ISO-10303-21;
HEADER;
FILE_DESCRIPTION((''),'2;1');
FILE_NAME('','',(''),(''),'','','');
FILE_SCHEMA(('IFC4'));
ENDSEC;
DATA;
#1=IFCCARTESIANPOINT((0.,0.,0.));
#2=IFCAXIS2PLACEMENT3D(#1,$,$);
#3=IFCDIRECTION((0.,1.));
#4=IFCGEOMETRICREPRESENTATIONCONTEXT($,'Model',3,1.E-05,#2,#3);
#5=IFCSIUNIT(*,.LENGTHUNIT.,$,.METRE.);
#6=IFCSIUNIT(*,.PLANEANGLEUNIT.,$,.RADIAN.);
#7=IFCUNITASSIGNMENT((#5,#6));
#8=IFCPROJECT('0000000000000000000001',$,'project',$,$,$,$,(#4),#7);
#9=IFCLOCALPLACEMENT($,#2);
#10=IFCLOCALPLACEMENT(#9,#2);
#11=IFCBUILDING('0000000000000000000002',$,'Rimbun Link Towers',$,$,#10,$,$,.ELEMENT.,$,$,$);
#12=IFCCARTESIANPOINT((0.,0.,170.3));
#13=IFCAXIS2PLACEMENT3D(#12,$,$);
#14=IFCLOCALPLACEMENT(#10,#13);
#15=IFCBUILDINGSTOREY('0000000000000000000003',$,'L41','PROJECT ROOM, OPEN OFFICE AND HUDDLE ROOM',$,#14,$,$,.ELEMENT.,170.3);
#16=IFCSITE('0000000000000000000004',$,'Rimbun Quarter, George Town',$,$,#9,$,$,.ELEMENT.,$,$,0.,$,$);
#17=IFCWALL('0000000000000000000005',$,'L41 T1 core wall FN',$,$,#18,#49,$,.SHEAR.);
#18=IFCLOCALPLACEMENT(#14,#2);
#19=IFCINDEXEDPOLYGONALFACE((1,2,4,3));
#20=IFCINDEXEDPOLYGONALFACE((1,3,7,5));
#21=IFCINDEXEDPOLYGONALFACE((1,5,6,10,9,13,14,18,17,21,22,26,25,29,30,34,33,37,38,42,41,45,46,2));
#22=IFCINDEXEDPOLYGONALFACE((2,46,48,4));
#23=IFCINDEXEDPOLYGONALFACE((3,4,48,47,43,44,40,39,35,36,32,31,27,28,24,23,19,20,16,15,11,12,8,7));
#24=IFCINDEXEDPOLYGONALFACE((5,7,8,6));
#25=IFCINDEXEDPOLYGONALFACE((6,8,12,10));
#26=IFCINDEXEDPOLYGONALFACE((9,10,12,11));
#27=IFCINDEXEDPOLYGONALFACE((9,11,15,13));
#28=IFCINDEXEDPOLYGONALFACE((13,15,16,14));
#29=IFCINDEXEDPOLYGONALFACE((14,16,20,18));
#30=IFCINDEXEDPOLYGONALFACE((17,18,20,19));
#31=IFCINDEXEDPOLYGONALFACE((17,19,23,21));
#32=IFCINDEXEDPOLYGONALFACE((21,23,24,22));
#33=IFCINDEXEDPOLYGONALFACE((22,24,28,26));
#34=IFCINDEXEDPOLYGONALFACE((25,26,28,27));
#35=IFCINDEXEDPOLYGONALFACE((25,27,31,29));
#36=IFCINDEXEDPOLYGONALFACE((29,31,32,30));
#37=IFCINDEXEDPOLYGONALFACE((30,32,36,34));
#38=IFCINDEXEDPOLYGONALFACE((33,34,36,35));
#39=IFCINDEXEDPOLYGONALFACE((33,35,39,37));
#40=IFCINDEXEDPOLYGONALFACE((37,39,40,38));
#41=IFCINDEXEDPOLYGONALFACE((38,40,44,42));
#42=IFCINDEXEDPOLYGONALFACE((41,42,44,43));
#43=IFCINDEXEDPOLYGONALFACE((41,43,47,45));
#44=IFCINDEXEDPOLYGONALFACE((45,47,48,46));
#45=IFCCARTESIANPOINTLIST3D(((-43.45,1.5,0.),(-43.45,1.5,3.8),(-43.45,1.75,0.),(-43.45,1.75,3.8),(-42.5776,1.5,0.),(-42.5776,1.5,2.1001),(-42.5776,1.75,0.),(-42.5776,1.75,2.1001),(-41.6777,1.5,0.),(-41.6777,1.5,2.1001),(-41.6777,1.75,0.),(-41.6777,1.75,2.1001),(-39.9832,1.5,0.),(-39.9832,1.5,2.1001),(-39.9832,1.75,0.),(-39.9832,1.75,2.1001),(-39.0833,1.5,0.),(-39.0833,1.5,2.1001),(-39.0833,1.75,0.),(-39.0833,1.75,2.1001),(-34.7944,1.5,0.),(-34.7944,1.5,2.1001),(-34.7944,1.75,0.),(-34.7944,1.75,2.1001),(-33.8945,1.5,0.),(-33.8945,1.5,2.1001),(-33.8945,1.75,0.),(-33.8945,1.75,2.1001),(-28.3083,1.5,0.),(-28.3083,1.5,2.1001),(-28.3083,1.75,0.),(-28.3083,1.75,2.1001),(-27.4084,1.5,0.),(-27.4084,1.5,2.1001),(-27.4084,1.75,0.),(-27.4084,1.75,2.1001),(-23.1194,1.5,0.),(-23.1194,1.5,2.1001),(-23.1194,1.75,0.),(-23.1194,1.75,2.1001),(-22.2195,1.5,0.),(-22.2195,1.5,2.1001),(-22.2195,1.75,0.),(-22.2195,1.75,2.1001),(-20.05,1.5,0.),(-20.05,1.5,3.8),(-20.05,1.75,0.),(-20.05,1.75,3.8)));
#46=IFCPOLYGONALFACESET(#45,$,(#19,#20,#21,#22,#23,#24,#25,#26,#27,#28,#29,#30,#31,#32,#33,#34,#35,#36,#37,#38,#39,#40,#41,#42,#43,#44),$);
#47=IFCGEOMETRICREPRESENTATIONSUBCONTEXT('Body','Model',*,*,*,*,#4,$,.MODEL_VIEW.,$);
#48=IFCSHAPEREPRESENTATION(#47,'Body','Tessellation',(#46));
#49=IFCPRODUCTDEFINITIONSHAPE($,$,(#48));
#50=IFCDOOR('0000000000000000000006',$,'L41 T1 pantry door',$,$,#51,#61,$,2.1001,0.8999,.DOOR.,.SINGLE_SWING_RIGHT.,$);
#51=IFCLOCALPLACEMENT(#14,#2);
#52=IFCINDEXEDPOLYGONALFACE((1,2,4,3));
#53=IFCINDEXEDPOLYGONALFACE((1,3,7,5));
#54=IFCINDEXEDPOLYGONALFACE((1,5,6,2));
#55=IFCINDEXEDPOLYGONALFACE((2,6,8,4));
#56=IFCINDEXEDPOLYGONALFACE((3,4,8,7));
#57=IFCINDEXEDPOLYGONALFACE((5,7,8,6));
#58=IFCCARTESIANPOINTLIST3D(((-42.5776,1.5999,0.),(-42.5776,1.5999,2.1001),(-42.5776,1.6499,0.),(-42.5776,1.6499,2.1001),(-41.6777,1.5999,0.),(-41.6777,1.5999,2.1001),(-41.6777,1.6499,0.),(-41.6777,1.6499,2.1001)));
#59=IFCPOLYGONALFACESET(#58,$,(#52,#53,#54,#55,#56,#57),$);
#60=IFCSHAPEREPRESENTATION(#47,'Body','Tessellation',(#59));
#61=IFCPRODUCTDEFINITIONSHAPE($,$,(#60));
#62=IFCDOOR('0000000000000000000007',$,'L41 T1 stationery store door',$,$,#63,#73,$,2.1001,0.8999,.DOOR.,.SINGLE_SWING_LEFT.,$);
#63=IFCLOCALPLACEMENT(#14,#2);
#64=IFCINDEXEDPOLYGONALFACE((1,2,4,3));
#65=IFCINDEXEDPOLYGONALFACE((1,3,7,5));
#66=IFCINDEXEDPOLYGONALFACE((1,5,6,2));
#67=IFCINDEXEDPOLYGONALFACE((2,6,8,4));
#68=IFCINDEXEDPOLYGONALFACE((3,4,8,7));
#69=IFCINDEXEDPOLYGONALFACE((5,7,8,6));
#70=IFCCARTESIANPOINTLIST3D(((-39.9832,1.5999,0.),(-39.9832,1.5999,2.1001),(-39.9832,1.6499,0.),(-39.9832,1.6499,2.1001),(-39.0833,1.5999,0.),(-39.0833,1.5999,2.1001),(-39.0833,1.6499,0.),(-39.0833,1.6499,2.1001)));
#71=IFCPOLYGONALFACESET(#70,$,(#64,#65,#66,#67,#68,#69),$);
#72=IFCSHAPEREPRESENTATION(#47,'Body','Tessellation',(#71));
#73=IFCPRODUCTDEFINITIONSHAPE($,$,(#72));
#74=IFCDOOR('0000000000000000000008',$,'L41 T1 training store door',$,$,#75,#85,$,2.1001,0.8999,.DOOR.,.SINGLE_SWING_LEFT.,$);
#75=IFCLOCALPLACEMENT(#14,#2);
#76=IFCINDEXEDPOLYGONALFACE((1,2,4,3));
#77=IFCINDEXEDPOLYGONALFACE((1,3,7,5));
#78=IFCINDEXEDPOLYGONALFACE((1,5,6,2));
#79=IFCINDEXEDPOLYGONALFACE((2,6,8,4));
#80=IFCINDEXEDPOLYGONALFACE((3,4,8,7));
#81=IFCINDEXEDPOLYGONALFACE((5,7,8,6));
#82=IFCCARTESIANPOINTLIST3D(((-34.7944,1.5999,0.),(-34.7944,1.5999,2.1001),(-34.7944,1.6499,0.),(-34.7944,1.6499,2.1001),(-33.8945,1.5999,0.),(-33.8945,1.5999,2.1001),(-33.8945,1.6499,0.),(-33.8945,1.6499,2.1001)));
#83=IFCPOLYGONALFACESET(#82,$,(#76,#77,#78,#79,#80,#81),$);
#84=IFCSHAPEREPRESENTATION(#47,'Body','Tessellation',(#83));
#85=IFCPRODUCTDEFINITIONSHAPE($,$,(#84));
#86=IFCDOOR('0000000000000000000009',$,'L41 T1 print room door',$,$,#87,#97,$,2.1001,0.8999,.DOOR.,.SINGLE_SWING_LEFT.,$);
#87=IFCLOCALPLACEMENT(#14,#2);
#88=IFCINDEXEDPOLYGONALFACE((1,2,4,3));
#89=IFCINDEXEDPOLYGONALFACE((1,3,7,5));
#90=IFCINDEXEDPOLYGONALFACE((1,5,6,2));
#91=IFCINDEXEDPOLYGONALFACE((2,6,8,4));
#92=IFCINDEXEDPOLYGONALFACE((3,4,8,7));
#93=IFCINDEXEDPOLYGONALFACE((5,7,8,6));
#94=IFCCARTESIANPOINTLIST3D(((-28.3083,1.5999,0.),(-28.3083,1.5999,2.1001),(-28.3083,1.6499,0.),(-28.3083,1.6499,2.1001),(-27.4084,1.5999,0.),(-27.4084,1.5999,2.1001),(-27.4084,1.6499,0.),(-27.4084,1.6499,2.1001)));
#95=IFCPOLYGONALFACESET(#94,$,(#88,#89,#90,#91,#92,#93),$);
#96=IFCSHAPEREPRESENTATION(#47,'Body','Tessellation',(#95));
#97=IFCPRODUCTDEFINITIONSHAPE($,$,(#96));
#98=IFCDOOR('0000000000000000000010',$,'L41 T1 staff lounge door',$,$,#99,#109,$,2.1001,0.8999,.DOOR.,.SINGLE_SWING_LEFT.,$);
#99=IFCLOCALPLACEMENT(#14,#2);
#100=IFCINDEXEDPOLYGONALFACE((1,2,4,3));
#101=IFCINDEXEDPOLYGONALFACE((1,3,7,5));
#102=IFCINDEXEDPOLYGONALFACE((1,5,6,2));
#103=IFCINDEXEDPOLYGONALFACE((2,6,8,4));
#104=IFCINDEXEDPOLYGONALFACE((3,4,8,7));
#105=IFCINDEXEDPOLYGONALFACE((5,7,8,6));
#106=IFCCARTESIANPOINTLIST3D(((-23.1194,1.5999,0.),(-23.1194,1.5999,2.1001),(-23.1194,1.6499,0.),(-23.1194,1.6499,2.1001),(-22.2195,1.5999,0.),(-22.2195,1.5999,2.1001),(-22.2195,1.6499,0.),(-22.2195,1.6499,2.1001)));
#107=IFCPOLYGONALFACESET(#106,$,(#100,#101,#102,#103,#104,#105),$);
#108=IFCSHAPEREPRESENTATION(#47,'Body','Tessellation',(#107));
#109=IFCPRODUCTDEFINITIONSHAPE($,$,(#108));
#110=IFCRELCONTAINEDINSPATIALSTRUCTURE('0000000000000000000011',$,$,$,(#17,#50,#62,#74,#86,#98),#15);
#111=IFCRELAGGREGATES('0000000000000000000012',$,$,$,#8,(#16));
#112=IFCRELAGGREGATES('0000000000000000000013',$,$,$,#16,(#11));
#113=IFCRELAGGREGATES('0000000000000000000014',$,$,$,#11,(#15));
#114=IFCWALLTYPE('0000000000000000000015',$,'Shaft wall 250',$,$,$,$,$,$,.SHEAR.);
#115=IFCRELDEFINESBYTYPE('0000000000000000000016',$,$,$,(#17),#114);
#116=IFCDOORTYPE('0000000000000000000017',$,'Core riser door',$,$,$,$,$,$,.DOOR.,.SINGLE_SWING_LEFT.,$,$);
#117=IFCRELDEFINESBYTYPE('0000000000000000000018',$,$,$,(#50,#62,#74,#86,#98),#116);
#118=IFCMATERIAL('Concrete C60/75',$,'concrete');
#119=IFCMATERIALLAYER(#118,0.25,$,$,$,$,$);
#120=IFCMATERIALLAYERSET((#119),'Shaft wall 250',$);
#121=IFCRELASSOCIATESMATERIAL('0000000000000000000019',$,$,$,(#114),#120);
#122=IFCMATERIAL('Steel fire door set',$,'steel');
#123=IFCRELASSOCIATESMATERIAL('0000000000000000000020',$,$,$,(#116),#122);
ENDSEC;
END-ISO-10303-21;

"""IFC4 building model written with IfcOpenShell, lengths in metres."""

from ifc_helpers import new_model, si_unit, direction, frame, frame_2d, origin, place, context, subcontext, project, spatial, rectangle, extrude, material, layer, layer_set, type_object, element, fill, save


model = new_model("IFC4")

# Units and contexts
model_context = context("Model", 3, precision=1e-05, world=origin(), true_north=direction((0.0, 1.0)))
body_context = subcontext(model_context, "Body", "Model", "MODEL_VIEW")
ifc_project = project(units=[si_unit("LENGTHUNIT", "METRE"), si_unit("PLANEANGLEUNIT", "RADIAN")], contexts=[model_context])

# Site, building, storey
site_placement = place(None, origin())
site = spatial("IfcSite", under=ifc_project, at=site_placement, Name="Rimbun Quarter, George Town", CompositionType="ELEMENT", RefElevation=0.0)
building_placement = place(site_placement, origin())
building = spatial("IfcBuilding", under=site, at=building_placement, Name="Rimbun Link Towers", CompositionType="ELEMENT")
storey_placement = place(building_placement, frame((0.0, 0.0, 170.3)))
storey = spatial("IfcBuildingStorey", under=building, at=storey_placement, Name="L41", Description="PROJECT ROOM, OPEN OFFICE AND HUDDLE ROOM", CompositionType="ELEMENT", Elevation=170.3)

# Wall, openings, doors
ifc_material_1 = material(Name="Concrete C60/75", Category="concrete")
ifc_layer_1 = layer(ifc_material_1, 0.25)
ifc_layer_set_1 = layer_set([ifc_layer_1], Name="Shaft wall 250")
wall_type_1 = type_object("IfcWallType", Name="Shaft wall 250", PredefinedType="SHEAR", material=ifc_layer_set_1)
wall_1_placement = place(storey_placement, frame((-43.45, 1.625, 0.0), z_axis=(0.0, 0.0, 1.0), x_axis=(1.0, 0.0, 0.0)))
wall_1 = element("IfcWall", 1, at=wall_1_placement, inside=storey, type_object=wall_type_1, Name="L41 T1 core wall FN", PredefinedType="SHEAR", context=body_context, shape_type="SweptSolid", body=[
    extrude(rectangle(XDim=23.3999, YDim=0.25, at=frame_2d((11.7, 0.0))), origin(), (0.0, 0.0, 1.0), 3.8),
])
opening_1_placement = place(wall_1_placement, frame((0.8723, 0.0, 0.0)))
opening_1 = element("IfcOpeningElement", 2, at=opening_1_placement, cuts=wall_1, PredefinedType="OPENING", context=body_context, shape_type="SweptSolid", body=[
    extrude(rectangle(XDim=0.8999, YDim=2.1001, at=frame_2d((0.45, 1.05))), frame((0.0, 0.135, 0.0), z_axis=(0.0, -1.0, 0.0), x_axis=(1.0, 0.0, 0.0)), (0.0, 0.0, 1.0), 0.27),
])
opening_2_placement = place(wall_1_placement, frame((3.4668, 0.0, 0.0)))
opening_2 = element("IfcOpeningElement", 3, at=opening_2_placement, cuts=wall_1, PredefinedType="OPENING", context=body_context, shape_type="SweptSolid", body=[
    extrude(rectangle(XDim=0.8999, YDim=2.1001, at=frame_2d((0.45, 1.05))), frame((0.0, 0.135, 0.0), z_axis=(0.0, -1.0, 0.0), x_axis=(1.0, 0.0, 0.0)), (0.0, 0.0, 1.0), 0.27),
])
opening_3_placement = place(wall_1_placement, frame((8.6555, 0.0, 0.0)))
opening_3 = element("IfcOpeningElement", 4, at=opening_3_placement, cuts=wall_1, PredefinedType="OPENING", context=body_context, shape_type="SweptSolid", body=[
    extrude(rectangle(XDim=0.8999, YDim=2.1001, at=frame_2d((0.45, 1.05))), frame((0.0, 0.135, 0.0), z_axis=(0.0, -1.0, 0.0), x_axis=(1.0, 0.0, 0.0)), (0.0, 0.0, 1.0), 0.27),
])
opening_4_placement = place(wall_1_placement, frame((15.1416, 0.0, 0.0)))
opening_4 = element("IfcOpeningElement", 5, at=opening_4_placement, cuts=wall_1, PredefinedType="OPENING", context=body_context, shape_type="SweptSolid", body=[
    extrude(rectangle(XDim=0.8999, YDim=2.1001, at=frame_2d((0.45, 1.05))), frame((0.0, 0.135, 0.0), z_axis=(0.0, -1.0, 0.0), x_axis=(1.0, 0.0, 0.0)), (0.0, 0.0, 1.0), 0.27),
])
opening_5_placement = place(wall_1_placement, frame((20.3306, 0.0, 0.0)))
opening_5 = element("IfcOpeningElement", 6, at=opening_5_placement, cuts=wall_1, PredefinedType="OPENING", context=body_context, shape_type="SweptSolid", body=[
    extrude(rectangle(XDim=0.8999, YDim=2.1001, at=frame_2d((0.45, 1.05))), frame((0.0, 0.135, 0.0), z_axis=(0.0, -1.0, 0.0), x_axis=(1.0, 0.0, 0.0)), (0.0, 0.0, 1.0), 0.27),
])
ifc_material_2 = material(Name="Steel fire door set", Category="steel")
door_type_1 = type_object("IfcDoorType", Name="Core riser door", OperationType="SINGLE_SWING_LEFT", PredefinedType="DOOR", material=ifc_material_2)
door_1_placement = place(opening_1_placement, origin())
door_1 = element("IfcDoor", 7, at=door_1_placement, inside=storey, type_object=door_type_1, Name="L41 T1 pantry door", OperationType="SINGLE_SWING_RIGHT", OverallHeight=2.1001, OverallWidth=0.8999, PredefinedType="DOOR", context=body_context, shape_type="SweptSolid", body=[
    extrude(rectangle(XDim=0.8999, YDim=2.1001, at=frame_2d((0.45, 1.05))), frame((0.0, 0.0249, 0.0), z_axis=(0.0, -1.0, 0.0), x_axis=(1.0, 0.0, 0.0)), (0.0, 0.0, 1.0), 0.05),
])
fill(opening_1, door_1)
door_2_placement = place(opening_2_placement, origin())
door_2 = element("IfcDoor", 8, at=door_2_placement, inside=storey, type_object=door_type_1, Name="L41 T1 stationery store door", OperationType="SINGLE_SWING_LEFT", OverallHeight=2.1001, OverallWidth=0.8999, PredefinedType="DOOR", context=body_context, shape_type="SweptSolid", body=[
    extrude(rectangle(XDim=0.8999, YDim=2.1001, at=frame_2d((0.45, 1.05))), frame((0.0, 0.0249, 0.0), z_axis=(0.0, -1.0, 0.0), x_axis=(1.0, 0.0, 0.0)), (0.0, 0.0, 1.0), 0.05),
])
fill(opening_2, door_2)
door_3_placement = place(opening_3_placement, origin())
door_3 = element("IfcDoor", 9, at=door_3_placement, inside=storey, type_object=door_type_1, Name="L41 T1 training store door", OperationType="SINGLE_SWING_LEFT", OverallHeight=2.1001, OverallWidth=0.8999, PredefinedType="DOOR", context=body_context, shape_type="SweptSolid", body=[
    extrude(rectangle(XDim=0.8999, YDim=2.1001, at=frame_2d((0.45, 1.05))), frame((0.0, 0.0249, 0.0), z_axis=(0.0, -1.0, 0.0), x_axis=(1.0, 0.0, 0.0)), (0.0, 0.0, 1.0), 0.05),
])
fill(opening_3, door_3)
door_4_placement = place(opening_4_placement, origin())
door_4 = element("IfcDoor", 10, at=door_4_placement, inside=storey, type_object=door_type_1, Name="L41 T1 print room door", OperationType="SINGLE_SWING_LEFT", OverallHeight=2.1001, OverallWidth=0.8999, PredefinedType="DOOR", context=body_context, shape_type="SweptSolid", body=[
    extrude(rectangle(XDim=0.8999, YDim=2.1001, at=frame_2d((0.45, 1.05))), frame((0.0, 0.0249, 0.0), z_axis=(0.0, -1.0, 0.0), x_axis=(1.0, 0.0, 0.0)), (0.0, 0.0, 1.0), 0.05),
])
fill(opening_4, door_4)
door_5_placement = place(opening_5_placement, origin())
door_5 = element("IfcDoor", 11, at=door_5_placement, inside=storey, type_object=door_type_1, Name="L41 T1 staff lounge door", OperationType="SINGLE_SWING_LEFT", OverallHeight=2.1001, OverallWidth=0.8999, PredefinedType="DOOR", context=body_context, shape_type="SweptSolid", body=[
    extrude(rectangle(XDim=0.8999, YDim=2.1001, at=frame_2d((0.45, 1.05))), frame((0.0, 0.0249, 0.0), z_axis=(0.0, -1.0, 0.0), x_axis=(1.0, 0.0, 0.0)), (0.0, 0.0, 1.0), 0.05),
])
fill(opening_5, door_5)

save(model, "model.ifc")
